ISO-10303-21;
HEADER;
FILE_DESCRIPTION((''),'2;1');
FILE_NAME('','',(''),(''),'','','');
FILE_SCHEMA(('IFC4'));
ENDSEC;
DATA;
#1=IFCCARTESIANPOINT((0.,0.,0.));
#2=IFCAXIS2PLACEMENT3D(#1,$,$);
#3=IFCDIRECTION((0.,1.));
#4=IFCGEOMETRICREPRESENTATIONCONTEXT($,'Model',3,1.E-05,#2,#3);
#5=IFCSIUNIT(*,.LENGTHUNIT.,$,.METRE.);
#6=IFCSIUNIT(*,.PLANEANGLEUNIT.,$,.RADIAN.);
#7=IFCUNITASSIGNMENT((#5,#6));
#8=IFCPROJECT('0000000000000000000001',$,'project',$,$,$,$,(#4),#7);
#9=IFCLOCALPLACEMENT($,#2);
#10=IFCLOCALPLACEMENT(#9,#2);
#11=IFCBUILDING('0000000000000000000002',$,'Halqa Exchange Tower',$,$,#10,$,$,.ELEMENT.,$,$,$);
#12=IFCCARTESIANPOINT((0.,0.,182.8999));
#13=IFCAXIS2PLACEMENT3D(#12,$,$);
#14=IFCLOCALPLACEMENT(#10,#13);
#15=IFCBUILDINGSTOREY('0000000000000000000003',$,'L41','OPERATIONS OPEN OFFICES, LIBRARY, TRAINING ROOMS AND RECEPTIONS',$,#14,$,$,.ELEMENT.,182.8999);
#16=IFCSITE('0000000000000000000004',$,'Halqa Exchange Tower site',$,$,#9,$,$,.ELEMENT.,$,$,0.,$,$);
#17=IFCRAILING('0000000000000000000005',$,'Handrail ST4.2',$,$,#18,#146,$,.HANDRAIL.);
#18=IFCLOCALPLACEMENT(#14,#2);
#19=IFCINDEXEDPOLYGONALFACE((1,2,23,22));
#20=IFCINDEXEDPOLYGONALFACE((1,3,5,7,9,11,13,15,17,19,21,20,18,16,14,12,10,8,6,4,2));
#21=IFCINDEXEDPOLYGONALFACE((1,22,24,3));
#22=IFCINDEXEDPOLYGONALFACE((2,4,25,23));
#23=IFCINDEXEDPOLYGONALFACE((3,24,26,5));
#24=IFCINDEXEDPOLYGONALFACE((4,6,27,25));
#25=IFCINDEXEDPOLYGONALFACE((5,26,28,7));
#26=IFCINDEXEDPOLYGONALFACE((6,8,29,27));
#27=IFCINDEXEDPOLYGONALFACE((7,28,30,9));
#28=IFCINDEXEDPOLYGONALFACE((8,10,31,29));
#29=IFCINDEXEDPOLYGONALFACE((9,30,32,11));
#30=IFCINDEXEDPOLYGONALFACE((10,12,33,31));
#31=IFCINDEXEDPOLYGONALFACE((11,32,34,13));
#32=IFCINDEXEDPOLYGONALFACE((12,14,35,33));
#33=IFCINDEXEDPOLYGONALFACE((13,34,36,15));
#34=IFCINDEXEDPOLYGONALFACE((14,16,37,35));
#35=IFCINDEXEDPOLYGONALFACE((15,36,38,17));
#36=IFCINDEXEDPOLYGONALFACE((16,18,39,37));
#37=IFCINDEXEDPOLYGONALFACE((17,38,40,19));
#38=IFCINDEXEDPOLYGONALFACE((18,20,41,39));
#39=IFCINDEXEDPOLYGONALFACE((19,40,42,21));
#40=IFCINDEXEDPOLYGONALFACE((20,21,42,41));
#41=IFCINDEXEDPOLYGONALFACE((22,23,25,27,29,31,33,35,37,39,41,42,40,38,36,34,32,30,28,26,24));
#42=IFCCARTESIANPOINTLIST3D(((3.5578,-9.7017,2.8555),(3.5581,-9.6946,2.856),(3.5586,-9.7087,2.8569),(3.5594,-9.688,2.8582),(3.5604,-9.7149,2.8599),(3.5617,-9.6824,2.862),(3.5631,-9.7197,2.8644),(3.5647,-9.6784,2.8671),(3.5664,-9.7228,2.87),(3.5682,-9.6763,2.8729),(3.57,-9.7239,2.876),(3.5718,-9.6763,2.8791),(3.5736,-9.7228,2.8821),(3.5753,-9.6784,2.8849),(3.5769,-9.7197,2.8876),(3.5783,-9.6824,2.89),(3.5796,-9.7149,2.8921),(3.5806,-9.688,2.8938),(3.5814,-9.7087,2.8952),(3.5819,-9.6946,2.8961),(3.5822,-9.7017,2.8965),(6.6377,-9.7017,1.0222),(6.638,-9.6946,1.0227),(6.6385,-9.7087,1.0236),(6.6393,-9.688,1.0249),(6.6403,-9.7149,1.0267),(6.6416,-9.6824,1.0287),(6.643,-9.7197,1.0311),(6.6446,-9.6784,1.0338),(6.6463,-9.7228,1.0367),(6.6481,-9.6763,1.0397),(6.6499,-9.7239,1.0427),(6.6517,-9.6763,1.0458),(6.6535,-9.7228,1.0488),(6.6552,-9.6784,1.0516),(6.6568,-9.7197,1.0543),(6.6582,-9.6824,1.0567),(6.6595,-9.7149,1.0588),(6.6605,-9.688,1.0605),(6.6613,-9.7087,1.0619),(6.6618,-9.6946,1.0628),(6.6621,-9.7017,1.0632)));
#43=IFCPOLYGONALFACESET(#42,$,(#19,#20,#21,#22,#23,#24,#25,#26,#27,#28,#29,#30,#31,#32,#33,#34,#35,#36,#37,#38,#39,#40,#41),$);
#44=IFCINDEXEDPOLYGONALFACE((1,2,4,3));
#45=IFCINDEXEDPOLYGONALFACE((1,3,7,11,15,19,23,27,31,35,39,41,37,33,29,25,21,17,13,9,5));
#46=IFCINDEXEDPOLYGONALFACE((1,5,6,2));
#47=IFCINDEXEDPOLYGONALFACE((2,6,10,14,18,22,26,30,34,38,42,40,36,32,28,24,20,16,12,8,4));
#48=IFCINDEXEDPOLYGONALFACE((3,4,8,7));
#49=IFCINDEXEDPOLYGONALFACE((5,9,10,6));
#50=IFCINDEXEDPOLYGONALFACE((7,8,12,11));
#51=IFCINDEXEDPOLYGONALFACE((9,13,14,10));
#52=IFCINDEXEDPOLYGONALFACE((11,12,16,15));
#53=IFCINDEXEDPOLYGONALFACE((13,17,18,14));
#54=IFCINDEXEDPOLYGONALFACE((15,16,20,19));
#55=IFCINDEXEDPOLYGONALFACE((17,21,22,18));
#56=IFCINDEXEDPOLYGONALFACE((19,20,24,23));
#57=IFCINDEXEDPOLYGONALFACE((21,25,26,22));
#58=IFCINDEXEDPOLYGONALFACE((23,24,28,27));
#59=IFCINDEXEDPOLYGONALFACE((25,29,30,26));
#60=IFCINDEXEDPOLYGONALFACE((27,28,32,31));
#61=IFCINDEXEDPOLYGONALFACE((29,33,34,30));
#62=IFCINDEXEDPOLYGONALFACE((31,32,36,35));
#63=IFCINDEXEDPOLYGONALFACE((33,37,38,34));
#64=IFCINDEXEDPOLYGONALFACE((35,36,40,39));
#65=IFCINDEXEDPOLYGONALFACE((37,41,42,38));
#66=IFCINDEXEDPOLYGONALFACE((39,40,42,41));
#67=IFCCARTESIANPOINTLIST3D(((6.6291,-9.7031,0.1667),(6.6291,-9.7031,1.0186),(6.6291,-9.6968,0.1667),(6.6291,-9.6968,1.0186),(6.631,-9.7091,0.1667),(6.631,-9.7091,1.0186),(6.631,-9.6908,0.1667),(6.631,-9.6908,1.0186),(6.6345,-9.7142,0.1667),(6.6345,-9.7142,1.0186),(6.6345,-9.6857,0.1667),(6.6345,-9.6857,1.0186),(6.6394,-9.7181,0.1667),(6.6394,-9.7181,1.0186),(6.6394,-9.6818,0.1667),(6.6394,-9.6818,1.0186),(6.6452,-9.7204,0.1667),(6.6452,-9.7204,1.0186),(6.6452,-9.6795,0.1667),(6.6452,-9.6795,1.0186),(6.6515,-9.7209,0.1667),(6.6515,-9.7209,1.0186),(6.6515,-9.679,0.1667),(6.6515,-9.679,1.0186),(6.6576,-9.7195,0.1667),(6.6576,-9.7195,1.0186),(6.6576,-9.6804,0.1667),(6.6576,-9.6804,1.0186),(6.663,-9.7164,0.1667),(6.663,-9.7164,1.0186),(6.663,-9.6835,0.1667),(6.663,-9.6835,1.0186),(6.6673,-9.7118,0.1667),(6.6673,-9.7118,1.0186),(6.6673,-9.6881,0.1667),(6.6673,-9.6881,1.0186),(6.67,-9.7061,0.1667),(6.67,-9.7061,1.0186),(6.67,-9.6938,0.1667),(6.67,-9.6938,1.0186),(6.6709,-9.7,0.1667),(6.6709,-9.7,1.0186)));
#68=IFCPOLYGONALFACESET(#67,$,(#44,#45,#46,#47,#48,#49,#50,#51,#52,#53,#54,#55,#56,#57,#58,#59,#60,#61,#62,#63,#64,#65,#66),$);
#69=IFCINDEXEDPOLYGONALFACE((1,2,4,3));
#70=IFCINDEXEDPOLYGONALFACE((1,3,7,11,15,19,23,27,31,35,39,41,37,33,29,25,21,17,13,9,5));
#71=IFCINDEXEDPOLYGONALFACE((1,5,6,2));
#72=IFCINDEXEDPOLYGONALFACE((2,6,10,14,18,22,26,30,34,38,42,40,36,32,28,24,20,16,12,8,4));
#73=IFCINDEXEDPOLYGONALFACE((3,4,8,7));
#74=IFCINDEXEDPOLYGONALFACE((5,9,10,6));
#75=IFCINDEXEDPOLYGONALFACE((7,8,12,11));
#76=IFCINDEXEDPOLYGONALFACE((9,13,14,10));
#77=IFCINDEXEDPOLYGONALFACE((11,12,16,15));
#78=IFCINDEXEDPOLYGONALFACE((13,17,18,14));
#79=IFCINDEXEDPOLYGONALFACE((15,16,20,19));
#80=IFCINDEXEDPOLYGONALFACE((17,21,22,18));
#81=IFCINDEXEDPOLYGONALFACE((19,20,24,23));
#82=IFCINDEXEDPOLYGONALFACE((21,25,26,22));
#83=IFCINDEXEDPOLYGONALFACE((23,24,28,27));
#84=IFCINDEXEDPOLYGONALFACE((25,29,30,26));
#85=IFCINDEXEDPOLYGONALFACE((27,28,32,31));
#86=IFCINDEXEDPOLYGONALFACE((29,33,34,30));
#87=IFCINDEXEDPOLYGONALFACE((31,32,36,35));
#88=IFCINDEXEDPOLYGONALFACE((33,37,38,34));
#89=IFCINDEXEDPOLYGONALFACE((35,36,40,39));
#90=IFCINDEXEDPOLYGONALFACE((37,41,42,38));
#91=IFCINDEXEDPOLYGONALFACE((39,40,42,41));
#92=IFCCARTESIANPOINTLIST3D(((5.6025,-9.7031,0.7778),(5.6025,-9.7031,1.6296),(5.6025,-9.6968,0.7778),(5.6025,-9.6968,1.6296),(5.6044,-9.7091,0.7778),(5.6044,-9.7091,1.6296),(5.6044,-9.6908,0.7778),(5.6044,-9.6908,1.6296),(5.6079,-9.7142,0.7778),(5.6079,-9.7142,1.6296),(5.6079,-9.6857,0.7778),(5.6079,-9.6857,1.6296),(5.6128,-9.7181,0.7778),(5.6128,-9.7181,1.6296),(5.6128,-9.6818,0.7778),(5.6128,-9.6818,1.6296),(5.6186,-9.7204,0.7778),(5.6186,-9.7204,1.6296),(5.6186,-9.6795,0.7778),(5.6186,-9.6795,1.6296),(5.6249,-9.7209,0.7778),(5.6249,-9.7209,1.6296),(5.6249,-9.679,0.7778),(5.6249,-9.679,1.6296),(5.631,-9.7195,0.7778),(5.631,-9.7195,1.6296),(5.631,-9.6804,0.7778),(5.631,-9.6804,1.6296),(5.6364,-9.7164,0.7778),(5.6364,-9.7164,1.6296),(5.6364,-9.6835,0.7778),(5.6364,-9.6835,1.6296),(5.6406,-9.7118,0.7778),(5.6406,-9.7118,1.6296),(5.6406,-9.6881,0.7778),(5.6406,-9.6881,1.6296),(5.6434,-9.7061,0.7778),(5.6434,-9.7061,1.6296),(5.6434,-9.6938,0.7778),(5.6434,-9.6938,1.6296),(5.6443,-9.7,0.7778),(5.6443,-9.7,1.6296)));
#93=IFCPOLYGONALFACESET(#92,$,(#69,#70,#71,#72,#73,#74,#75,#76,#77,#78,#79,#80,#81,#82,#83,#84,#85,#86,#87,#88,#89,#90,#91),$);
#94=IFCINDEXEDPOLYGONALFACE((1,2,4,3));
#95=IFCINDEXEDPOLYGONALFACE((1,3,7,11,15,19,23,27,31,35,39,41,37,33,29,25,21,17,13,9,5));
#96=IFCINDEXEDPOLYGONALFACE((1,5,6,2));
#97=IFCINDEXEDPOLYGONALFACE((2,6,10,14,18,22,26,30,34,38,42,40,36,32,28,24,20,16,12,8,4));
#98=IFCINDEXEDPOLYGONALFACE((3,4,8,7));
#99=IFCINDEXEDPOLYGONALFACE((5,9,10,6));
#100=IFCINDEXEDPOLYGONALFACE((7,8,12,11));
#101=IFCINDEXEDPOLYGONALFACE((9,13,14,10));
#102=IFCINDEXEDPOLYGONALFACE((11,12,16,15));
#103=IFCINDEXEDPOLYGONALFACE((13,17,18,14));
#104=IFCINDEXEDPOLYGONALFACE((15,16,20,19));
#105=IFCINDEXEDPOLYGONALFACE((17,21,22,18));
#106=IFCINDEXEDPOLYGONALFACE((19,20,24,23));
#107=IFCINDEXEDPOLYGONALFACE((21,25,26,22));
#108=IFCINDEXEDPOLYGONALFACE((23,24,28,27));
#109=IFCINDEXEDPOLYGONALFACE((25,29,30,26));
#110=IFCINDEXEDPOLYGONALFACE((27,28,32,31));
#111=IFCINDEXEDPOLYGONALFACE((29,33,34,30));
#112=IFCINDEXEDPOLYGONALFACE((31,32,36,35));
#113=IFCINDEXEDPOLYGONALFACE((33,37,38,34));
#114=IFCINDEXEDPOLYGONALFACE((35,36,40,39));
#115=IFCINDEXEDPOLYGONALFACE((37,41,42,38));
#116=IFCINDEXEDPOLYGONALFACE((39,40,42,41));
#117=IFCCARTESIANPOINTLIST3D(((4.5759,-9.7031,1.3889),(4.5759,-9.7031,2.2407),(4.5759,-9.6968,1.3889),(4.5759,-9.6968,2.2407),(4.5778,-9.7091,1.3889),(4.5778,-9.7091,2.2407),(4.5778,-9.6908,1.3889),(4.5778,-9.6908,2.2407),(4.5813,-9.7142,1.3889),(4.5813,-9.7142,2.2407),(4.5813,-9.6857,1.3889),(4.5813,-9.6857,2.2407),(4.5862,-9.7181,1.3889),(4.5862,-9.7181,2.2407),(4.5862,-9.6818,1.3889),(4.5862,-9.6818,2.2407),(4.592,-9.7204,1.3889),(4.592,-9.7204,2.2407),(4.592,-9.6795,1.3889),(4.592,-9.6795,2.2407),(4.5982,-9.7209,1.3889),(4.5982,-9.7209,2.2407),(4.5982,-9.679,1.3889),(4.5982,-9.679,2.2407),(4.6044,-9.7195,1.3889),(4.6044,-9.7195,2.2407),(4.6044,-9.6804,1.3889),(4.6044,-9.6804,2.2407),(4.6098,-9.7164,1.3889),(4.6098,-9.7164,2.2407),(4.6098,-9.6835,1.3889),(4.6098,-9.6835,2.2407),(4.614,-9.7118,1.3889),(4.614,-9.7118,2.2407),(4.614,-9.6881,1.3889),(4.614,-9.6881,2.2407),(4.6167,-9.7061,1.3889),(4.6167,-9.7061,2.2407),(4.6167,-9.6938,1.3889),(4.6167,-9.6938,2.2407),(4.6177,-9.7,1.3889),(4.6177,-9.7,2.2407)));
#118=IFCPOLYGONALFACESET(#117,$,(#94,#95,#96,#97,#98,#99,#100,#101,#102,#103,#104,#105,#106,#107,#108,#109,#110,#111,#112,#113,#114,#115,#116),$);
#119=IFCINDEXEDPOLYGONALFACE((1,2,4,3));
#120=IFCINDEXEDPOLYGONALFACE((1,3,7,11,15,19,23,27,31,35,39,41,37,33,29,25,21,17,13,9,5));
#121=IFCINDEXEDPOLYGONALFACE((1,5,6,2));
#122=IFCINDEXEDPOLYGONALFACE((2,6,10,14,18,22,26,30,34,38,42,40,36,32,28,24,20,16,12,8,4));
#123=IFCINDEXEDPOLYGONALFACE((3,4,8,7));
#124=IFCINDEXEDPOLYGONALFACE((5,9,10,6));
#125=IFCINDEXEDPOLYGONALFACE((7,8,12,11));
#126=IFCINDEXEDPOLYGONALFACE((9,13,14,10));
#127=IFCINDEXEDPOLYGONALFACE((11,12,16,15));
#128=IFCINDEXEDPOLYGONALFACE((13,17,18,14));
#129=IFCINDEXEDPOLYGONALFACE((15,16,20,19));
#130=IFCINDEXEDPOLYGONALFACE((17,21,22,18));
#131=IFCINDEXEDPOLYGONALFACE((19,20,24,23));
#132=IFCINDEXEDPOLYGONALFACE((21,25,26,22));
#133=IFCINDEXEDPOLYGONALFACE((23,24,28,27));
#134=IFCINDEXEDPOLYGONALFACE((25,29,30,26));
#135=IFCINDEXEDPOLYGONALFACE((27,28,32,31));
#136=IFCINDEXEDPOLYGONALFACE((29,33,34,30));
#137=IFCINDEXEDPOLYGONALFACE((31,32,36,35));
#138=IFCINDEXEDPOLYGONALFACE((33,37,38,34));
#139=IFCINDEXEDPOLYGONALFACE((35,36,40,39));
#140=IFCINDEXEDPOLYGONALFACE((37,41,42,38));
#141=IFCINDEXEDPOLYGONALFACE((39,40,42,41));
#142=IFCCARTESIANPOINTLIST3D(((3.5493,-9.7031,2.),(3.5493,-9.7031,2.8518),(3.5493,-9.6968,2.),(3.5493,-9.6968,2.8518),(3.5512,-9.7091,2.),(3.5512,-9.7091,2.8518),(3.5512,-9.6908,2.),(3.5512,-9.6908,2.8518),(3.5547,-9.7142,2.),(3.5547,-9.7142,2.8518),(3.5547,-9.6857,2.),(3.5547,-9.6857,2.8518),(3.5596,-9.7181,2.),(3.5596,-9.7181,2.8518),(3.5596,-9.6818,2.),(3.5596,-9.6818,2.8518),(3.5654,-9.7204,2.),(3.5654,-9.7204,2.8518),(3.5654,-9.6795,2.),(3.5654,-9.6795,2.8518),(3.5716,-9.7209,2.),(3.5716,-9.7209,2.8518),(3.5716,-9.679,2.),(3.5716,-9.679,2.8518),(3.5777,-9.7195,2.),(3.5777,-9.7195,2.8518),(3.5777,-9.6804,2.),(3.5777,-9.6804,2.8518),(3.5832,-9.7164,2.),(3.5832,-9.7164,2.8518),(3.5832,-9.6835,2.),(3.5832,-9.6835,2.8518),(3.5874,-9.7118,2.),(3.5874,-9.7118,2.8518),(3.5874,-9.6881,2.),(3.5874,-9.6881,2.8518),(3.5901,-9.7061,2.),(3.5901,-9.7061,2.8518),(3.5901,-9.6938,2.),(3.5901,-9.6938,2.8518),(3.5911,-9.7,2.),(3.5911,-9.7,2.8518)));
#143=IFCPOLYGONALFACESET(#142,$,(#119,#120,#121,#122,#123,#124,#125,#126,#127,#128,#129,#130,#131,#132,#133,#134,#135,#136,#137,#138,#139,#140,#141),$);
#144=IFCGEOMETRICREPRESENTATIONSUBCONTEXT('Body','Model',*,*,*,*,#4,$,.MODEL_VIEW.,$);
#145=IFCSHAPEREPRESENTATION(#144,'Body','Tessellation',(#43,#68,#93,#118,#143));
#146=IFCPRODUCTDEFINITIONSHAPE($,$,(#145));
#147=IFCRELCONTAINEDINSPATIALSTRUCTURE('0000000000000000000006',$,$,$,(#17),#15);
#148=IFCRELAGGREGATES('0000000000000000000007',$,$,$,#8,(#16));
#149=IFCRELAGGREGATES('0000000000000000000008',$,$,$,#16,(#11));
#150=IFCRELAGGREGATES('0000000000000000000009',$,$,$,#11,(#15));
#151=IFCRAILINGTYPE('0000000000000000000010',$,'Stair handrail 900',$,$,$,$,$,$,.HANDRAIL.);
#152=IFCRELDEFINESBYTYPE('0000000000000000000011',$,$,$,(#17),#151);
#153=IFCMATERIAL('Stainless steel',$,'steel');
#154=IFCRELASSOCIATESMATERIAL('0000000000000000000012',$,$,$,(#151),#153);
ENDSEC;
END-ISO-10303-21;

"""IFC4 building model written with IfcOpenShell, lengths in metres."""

from ifc_helpers import new_model, si_unit, direction, frame, origin, origin_2d, place, context, subcontext, project, spatial, circle, extrude, material, type_object, element, save


model = new_model("IFC4")

# Units and contexts
model_context = context("Model", 3, precision=1e-05, world=origin(), true_north=direction((0.0, 1.0)))
body_context = subcontext(model_context, "Body", "Model", "MODEL_VIEW")
ifc_project = project(units=[si_unit("LENGTHUNIT", "METRE"), si_unit("PLANEANGLEUNIT", "RADIAN")], contexts=[model_context])

# Site, building, storey
site_placement = place(None, origin())
site = spatial("IfcSite", under=ifc_project, at=site_placement, Name="Halqa Exchange Tower site", CompositionType="ELEMENT", RefElevation=0.0)
building_placement = place(site_placement, origin())
building = spatial("IfcBuilding", under=site, at=building_placement, Name="Halqa Exchange Tower", CompositionType="ELEMENT")
storey_placement = place(building_placement, frame((0.0, 0.0, 182.8999)))
storey = spatial("IfcBuildingStorey", under=building, at=storey_placement, Name="L41", Description="OPERATIONS OPEN OFFICES, LIBRARY, TRAINING ROOMS AND RECEPTIONS", CompositionType="ELEMENT", Elevation=182.8999)

# Railing
ifc_material_1 = material(Name="Stainless steel", Category="steel")
railing_type_1 = type_object("IfcRailingType", Name="Stair handrail 900", PredefinedType="HANDRAIL", material=ifc_material_1)
railing_1_placement = place(storey_placement, frame((6.6499, -9.7, 0.1667)))
element("IfcRailing", 1, at=railing_1_placement, inside=storey, type_object=railing_type_1, Name="Handrail ST4.2", PredefinedType="HANDRAIL", context=body_context, shape_type="SweptSolid", body=[
    extrude(circle(Radius=0.0239, at=origin_2d()), frame((0.0, 0.0, 0.876), z_axis=(-0.859291, 0.0, 0.511487), x_axis=(0.0, -1.0, 0.0)), (0.0, 0.0, 1.0), 3.5842),
    extrude(circle(Radius=0.021, at=origin_2d()), origin(), (0.0, 0.0, 1.0), 0.8518),
    extrude(circle(Radius=0.021, at=origin_2d()), frame((-1.0266, 0.0, 0.6111)), (0.0, 0.0, 1.0), 0.8518),
    extrude(circle(Radius=0.021, at=origin_2d()), frame((-2.0532, 0.0, 1.2222)), (0.0, 0.0, 1.0), 0.8518),
    extrude(circle(Radius=0.021, at=origin_2d()), frame((-3.0798, 0.0, 1.8333)), (0.0, 0.0, 1.0), 0.8518),
])

save(model, "model.ifc")
